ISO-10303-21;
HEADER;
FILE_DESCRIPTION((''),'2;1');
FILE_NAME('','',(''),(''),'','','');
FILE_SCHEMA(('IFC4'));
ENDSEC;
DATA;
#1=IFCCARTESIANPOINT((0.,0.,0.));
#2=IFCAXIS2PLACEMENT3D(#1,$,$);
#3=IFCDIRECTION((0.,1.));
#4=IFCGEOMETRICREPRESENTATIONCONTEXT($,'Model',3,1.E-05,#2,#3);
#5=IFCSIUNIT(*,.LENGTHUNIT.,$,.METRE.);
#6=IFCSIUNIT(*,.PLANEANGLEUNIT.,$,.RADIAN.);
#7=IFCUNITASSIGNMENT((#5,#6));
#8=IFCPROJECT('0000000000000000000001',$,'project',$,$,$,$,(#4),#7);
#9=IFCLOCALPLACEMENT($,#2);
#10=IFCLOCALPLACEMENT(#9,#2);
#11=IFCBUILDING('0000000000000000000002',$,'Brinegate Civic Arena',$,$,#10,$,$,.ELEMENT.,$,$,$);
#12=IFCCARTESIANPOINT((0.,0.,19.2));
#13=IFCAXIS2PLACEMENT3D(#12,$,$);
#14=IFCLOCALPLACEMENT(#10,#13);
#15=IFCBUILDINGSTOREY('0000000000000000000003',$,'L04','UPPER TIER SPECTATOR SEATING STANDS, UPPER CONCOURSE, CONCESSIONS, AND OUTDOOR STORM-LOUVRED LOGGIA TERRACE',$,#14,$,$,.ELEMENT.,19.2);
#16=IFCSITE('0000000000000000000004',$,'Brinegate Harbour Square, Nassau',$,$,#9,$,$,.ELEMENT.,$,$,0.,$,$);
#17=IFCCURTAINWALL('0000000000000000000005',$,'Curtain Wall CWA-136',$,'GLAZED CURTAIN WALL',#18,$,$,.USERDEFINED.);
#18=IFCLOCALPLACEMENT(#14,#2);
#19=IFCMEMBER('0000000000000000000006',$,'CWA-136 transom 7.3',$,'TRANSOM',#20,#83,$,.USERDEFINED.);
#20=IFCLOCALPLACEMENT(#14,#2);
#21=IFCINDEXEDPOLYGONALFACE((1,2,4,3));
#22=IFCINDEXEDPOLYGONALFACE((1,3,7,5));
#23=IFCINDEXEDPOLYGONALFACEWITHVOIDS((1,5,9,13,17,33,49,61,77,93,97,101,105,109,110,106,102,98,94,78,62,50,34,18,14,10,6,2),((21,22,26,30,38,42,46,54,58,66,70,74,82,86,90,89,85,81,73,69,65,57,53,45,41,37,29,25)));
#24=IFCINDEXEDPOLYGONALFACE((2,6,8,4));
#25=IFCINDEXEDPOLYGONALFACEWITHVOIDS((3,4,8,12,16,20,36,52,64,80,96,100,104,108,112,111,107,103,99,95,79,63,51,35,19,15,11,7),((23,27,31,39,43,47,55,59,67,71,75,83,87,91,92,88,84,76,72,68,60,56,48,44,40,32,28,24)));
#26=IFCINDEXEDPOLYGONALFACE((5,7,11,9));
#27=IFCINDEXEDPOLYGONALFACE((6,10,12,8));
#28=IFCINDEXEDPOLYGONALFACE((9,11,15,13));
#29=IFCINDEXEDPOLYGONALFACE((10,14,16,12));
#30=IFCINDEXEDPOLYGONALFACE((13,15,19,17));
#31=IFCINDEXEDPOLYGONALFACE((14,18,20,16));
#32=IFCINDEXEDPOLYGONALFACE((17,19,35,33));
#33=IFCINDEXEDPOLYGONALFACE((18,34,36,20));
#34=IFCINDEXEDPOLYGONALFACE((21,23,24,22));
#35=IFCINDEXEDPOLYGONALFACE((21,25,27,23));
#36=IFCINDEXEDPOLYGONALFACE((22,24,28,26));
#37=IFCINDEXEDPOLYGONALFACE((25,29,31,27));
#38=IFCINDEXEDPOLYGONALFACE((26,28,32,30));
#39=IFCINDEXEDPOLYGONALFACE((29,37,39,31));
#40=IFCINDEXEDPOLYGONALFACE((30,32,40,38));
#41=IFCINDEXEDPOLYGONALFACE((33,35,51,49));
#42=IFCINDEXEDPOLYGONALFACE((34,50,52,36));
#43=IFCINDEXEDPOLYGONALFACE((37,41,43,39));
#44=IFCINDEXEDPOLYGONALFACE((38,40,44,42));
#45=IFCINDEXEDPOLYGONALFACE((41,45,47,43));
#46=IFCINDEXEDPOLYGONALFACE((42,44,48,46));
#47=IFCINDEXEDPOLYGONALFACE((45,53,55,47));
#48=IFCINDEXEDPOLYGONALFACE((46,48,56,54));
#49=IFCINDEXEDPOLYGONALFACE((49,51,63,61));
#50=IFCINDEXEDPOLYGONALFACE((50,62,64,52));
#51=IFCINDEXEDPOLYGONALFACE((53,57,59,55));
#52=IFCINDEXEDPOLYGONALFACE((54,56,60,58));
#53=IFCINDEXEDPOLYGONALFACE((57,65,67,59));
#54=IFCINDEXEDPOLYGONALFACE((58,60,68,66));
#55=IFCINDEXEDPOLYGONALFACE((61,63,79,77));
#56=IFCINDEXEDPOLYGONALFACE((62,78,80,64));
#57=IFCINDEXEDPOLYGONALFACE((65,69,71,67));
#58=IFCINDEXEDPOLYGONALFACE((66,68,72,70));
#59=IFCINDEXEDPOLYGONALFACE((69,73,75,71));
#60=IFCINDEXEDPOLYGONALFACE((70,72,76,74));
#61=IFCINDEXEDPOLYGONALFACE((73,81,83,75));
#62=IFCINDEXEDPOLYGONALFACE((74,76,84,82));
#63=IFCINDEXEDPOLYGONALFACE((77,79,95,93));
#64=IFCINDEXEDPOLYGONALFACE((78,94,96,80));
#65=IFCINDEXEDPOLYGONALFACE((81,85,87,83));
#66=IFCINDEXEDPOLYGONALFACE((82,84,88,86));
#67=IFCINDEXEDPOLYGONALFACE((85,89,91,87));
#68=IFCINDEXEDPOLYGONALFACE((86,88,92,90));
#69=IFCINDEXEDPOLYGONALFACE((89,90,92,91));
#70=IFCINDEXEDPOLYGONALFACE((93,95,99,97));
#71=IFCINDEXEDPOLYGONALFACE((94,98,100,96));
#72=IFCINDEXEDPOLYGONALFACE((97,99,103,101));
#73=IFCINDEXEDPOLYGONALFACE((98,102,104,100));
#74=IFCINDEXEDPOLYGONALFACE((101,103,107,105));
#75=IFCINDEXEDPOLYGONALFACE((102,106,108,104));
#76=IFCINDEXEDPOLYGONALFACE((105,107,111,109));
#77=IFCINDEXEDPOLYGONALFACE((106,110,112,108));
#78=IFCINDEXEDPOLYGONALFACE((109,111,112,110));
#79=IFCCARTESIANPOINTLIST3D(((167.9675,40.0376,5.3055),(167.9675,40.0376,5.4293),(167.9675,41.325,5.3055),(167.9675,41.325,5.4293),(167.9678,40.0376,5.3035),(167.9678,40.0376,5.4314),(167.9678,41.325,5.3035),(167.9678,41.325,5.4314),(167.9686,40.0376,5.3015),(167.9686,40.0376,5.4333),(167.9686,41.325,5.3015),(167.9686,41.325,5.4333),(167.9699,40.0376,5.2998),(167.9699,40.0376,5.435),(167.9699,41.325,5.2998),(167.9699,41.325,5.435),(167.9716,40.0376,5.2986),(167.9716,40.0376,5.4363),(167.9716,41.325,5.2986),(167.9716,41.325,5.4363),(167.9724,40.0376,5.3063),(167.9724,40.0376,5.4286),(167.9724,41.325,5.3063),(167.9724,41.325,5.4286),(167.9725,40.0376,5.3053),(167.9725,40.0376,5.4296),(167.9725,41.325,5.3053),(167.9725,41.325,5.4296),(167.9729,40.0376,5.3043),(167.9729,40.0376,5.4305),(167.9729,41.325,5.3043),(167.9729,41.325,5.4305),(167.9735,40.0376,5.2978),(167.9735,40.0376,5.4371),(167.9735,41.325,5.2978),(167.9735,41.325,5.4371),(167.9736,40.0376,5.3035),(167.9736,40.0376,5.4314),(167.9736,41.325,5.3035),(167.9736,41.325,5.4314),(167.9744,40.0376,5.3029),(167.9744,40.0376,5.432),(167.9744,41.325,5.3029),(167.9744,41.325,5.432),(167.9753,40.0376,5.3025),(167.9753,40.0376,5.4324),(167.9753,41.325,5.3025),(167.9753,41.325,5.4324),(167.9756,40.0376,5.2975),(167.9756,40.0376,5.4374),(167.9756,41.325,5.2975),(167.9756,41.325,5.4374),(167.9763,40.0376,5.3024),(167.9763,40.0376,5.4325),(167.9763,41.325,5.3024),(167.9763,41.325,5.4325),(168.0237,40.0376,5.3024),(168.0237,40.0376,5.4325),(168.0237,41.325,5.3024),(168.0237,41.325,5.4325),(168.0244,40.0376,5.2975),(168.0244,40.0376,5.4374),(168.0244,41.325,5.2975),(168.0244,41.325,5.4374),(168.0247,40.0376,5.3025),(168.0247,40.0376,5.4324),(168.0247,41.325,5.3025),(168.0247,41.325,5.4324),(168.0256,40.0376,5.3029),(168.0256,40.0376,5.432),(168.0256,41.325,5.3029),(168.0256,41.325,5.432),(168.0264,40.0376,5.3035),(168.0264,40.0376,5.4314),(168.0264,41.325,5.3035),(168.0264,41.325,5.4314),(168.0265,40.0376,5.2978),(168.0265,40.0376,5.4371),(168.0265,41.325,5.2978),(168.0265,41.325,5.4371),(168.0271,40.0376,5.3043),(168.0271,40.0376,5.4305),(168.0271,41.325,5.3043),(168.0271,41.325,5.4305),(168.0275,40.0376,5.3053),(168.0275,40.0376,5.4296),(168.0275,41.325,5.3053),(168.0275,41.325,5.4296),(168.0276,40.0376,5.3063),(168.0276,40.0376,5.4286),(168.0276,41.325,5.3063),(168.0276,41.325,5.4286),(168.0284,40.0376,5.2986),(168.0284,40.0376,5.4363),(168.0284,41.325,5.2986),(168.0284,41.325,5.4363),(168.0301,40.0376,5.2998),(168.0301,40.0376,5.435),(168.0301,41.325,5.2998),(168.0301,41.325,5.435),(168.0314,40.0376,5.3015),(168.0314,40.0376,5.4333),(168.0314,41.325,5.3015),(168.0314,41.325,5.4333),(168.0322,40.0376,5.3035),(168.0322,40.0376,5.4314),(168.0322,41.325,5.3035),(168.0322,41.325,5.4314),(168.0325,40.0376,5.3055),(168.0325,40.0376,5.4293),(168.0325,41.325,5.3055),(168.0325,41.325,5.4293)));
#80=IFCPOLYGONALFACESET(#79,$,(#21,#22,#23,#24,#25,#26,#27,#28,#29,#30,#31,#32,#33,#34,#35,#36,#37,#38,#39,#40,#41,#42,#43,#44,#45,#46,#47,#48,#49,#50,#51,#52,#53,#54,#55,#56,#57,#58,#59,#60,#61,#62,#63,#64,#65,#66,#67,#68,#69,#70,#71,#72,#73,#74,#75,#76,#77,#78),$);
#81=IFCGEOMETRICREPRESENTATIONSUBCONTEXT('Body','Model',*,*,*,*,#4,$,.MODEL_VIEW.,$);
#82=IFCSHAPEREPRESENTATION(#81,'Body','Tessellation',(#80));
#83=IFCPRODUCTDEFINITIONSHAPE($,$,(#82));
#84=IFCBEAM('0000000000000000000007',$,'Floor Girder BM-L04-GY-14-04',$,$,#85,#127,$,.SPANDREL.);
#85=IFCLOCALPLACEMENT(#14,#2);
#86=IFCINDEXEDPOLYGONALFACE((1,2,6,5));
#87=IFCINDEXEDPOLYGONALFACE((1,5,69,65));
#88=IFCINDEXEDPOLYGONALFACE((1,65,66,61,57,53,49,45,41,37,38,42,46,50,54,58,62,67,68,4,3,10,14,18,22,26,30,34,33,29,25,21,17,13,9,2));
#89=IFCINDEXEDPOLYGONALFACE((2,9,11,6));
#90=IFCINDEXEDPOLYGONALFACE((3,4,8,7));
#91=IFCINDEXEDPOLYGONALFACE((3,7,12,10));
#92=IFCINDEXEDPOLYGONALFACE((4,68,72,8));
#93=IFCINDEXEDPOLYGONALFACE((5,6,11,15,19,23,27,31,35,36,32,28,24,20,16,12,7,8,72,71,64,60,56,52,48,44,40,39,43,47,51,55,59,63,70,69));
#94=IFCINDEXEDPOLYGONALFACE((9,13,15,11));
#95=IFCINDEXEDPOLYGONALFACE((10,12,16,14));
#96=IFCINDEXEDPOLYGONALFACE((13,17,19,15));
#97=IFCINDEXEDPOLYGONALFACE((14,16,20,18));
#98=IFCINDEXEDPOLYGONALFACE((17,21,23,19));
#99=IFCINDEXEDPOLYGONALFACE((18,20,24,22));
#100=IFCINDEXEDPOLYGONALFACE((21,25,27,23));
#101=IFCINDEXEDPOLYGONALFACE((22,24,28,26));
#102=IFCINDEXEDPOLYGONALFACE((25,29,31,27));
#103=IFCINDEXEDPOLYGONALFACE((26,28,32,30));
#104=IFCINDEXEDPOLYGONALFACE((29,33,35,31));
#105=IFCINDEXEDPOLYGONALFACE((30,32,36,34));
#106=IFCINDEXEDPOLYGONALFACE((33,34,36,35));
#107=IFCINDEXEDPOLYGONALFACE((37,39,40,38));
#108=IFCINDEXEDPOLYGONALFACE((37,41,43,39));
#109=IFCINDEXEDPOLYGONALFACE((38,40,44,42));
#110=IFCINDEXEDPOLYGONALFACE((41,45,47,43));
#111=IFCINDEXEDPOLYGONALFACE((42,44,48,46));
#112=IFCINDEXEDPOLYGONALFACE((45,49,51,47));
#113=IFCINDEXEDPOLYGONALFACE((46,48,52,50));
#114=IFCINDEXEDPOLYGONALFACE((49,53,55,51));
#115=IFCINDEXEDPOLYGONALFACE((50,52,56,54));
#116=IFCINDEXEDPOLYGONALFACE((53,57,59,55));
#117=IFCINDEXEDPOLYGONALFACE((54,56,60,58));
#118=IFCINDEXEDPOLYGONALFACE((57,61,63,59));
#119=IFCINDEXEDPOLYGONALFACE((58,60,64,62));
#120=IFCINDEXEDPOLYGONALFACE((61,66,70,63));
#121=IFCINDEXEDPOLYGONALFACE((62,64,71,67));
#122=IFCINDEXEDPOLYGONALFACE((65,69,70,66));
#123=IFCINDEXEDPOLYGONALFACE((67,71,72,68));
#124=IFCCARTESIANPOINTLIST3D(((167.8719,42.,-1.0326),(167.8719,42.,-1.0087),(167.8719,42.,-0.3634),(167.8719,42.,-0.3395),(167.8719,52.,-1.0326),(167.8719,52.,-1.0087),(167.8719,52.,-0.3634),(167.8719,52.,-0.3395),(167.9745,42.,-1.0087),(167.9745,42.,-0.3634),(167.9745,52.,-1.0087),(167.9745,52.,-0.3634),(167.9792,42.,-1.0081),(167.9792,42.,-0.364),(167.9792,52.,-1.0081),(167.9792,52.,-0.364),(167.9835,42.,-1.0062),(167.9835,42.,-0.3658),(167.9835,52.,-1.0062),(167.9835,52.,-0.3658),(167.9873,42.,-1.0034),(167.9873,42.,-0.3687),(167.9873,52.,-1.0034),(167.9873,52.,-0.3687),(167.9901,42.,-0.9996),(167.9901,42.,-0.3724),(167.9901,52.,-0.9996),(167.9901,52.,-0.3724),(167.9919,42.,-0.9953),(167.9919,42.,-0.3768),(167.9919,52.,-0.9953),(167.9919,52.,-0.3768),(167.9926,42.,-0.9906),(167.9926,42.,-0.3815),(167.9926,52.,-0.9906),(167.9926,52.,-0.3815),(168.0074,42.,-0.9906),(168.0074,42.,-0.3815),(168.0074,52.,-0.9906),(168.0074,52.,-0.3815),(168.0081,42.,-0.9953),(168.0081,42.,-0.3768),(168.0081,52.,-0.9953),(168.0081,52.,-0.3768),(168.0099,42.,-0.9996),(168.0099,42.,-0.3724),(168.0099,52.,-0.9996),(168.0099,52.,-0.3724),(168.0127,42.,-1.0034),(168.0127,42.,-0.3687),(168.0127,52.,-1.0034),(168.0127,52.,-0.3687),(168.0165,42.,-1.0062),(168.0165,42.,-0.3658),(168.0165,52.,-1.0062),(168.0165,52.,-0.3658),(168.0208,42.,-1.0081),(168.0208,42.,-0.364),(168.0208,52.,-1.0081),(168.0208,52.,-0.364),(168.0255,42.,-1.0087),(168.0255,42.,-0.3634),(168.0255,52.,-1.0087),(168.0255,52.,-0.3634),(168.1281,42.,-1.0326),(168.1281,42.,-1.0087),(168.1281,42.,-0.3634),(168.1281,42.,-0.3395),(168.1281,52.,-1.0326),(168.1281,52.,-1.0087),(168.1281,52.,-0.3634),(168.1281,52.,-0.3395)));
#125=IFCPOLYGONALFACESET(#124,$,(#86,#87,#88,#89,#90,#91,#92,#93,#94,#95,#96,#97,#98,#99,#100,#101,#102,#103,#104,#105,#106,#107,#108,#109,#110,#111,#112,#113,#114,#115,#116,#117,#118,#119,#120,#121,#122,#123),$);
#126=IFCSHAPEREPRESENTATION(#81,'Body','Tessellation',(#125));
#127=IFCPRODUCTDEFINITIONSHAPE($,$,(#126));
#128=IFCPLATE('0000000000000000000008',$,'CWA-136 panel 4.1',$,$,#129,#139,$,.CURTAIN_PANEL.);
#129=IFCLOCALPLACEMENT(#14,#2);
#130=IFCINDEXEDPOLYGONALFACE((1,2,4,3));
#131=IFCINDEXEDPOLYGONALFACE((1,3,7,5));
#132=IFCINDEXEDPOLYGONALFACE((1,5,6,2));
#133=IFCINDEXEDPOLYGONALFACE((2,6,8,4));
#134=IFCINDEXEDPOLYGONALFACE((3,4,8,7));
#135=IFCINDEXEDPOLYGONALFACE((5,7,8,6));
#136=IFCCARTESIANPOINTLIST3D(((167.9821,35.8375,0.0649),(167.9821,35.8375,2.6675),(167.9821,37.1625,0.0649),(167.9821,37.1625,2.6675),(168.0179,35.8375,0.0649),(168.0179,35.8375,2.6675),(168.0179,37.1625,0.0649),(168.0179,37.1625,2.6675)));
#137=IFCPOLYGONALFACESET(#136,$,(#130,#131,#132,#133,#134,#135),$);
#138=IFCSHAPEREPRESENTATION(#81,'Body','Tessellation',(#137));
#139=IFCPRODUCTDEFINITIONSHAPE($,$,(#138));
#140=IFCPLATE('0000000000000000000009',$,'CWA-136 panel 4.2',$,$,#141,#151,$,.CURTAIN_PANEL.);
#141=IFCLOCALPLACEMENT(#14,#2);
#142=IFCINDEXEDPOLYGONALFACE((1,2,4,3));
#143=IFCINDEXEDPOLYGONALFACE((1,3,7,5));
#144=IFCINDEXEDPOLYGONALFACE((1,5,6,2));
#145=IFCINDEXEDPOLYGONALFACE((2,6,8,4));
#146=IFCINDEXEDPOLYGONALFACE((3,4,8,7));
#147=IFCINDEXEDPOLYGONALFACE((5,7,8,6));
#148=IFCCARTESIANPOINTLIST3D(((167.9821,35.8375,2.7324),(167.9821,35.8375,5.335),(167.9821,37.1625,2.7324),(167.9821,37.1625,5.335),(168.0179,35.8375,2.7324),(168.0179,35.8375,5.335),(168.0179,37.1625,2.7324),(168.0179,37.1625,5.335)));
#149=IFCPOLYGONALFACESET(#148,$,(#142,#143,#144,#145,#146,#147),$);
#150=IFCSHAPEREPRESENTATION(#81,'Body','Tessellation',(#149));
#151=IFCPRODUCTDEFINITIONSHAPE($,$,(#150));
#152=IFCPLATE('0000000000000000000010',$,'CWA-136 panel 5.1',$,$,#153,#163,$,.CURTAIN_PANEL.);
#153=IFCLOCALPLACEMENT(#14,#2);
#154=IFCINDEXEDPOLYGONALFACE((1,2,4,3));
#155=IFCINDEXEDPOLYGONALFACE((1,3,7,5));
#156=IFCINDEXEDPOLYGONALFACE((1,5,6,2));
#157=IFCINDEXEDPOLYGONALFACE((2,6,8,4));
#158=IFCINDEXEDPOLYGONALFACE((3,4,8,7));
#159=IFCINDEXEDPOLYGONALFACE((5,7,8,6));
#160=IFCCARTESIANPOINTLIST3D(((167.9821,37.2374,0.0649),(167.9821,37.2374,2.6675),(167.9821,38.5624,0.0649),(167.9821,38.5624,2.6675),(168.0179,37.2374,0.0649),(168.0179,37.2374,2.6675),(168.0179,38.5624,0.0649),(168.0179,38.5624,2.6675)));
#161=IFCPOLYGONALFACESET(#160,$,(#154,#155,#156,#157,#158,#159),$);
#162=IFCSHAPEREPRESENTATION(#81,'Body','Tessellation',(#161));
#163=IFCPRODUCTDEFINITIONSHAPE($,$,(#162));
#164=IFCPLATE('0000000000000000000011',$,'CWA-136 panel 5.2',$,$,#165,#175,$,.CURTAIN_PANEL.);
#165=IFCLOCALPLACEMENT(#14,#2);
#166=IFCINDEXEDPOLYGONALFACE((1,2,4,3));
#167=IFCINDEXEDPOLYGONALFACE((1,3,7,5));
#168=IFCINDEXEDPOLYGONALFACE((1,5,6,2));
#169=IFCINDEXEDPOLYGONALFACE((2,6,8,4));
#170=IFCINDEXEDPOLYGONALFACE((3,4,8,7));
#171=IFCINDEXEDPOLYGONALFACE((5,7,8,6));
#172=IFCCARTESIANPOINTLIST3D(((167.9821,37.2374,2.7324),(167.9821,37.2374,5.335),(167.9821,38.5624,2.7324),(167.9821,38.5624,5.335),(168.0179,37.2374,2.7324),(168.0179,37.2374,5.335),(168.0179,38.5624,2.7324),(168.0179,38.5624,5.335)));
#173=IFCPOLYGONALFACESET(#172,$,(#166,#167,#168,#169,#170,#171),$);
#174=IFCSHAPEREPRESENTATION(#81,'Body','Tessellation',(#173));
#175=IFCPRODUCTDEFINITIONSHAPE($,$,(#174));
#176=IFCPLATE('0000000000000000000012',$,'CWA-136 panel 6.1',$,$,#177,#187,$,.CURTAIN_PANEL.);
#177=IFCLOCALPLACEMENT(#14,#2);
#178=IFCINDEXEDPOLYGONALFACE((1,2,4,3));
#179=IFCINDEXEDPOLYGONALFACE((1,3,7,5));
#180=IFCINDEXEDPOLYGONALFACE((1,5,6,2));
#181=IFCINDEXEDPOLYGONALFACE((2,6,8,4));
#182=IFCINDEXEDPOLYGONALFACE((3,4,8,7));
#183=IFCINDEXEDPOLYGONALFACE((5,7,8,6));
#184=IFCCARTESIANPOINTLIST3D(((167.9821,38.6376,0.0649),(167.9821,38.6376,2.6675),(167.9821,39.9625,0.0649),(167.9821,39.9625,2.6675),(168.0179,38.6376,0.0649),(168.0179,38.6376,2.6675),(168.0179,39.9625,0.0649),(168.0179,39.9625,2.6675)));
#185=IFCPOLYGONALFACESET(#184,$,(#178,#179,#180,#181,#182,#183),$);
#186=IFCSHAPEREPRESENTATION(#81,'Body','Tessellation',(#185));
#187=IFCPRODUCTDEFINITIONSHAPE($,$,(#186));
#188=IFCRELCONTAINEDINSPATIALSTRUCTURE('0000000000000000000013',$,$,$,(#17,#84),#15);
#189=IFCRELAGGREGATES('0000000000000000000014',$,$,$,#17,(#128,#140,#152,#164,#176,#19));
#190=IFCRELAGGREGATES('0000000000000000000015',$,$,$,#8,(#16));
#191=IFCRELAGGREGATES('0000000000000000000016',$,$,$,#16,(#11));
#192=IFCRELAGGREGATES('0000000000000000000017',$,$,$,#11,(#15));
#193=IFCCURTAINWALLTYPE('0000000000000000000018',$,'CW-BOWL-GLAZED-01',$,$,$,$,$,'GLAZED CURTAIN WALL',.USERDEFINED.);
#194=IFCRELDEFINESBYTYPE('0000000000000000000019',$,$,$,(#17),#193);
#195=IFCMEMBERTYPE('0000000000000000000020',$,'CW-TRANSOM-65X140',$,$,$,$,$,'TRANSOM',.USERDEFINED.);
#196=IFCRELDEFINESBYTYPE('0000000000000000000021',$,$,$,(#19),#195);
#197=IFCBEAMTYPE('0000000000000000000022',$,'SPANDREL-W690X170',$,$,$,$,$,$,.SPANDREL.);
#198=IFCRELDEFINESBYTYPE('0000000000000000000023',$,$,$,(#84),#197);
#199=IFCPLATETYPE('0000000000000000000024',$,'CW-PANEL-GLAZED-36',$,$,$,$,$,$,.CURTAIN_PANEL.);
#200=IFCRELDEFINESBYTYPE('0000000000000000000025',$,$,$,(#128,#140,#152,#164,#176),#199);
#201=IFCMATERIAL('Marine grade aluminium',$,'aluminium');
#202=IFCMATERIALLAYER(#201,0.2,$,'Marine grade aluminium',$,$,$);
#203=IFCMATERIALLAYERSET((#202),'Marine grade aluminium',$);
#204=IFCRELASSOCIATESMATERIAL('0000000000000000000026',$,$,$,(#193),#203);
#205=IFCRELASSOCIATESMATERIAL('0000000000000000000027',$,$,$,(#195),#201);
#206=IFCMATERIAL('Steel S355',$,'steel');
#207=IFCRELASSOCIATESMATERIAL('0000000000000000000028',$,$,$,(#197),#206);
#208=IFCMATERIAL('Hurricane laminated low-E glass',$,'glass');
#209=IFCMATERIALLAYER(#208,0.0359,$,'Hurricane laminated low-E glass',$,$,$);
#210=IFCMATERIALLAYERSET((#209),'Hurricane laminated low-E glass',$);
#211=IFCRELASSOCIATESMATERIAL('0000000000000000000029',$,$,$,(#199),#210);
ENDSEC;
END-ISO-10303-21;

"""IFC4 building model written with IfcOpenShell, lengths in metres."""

from ifc_helpers import new_model, si_unit, direction, frame, origin, origin_2d, place, context, subcontext, project, spatial, rectangle, hollow_rectangle, i_section, extrude, material, layer, layer_set, material_profile, profile_set, type_object, element, aggregate, save


model = new_model("IFC4")

# Units and contexts
model_context = context("Model", 3, precision=1e-05, world=origin(), true_north=direction((0.0, 1.0)))
body_context = subcontext(model_context, "Body", "Model", "MODEL_VIEW")
ifc_project = project(units=[si_unit("LENGTHUNIT", "METRE"), si_unit("PLANEANGLEUNIT", "RADIAN")], contexts=[model_context])

# Site, building, storey
site_placement = place(None, origin())
site = spatial("IfcSite", under=ifc_project, at=site_placement, Name="Brinegate Harbour Square, Nassau", CompositionType="ELEMENT", RefElevation=0.0)
building_placement = place(site_placement, origin())
building = spatial("IfcBuilding", under=site, at=building_placement, Name="Brinegate Civic Arena", CompositionType="ELEMENT")
storey_placement = place(building_placement, frame((0.0, 0.0, 19.2)))
storey = spatial("IfcBuildingStorey", under=building, at=storey_placement, Name="L04", Description="UPPER TIER SPECTATOR SEATING STANDS, UPPER CONCOURSE, CONCESSIONS, AND OUTDOOR STORM-LOUVRED LOGGIA TERRACE", CompositionType="ELEMENT", Elevation=19.2)

# Curtain wall, member
ifc_material_1 = material(Name="Marine grade aluminium", Category="aluminium")
ifc_layer_1 = layer(ifc_material_1, 0.2, Name="Marine grade aluminium")
ifc_layer_set_1 = layer_set([ifc_layer_1], Name="Marine grade aluminium")
curtain_wall_type = type_object("IfcCurtainWallType", Name="CW-BOWL-GLAZED-01", ElementType="GLAZED CURTAIN WALL", PredefinedType="USERDEFINED", material=ifc_layer_set_1)
curtain_wall_placement = place(storey_placement, origin())
curtain_wall = element("IfcCurtainWall", 1, at=curtain_wall_placement, inside=storey, type_object=curtain_wall_type, Name="Curtain Wall CWA-136", ObjectType="GLAZED CURTAIN WALL", PredefinedType="USERDEFINED")
ifc_material_profile_1 = material_profile(ifc_material_1, hollow_rectangle(XDim=0.0649, YDim=0.1399, WallThickness=0.0049, InnerFilletRadius=0.0039, OuterFilletRadius=0.0081, at=origin_2d()), Name="TRN65X140")
ifc_profile_set_1 = profile_set([ifc_material_profile_1], Name="Marine grade aluminium")
member_type_1 = type_object("IfcMemberType", Name="CW-TRANSOM-65X140", ElementType="TRANSOM", PredefinedType="USERDEFINED", material=ifc_profile_set_1)
member_1_placement = place(storey_placement, frame((168.0, 40.0376, 5.3674), z_axis=(0.0, 1.0, 0.0), x_axis=(-1.0, 0.0, 0.0)))
member_1 = element("IfcMember", 2, at=member_1_placement, type_object=member_type_1, Name="CWA-136 transom 7.3", ObjectType="TRANSOM", PredefinedType="USERDEFINED", context=body_context, shape_type="SweptSolid", body=[
    extrude(hollow_rectangle(XDim=0.0649, YDim=0.1399, WallThickness=0.0049, InnerFilletRadius=0.0039, OuterFilletRadius=0.0081, at=origin_2d()), origin(), (0.0, 0.0, 1.0), 1.2874),
])

# Beam
ifc_material_2 = material(Name="Steel S355", Category="steel")
ifc_material_profile_2 = material_profile(ifc_material_2, i_section(OverallWidth=0.2561, OverallDepth=0.6931, WebThickness=0.0149, FlangeThickness=0.0239, FilletRadius=0.0181, at=origin_2d()), Name="W690X170")
ifc_profile_set_2 = profile_set([ifc_material_profile_2], Name="Steel S355")
beam_type = type_object("IfcBeamType", Name="SPANDREL-W690X170", PredefinedType="SPANDREL", material=ifc_profile_set_2)
beam_placement = place(storey_placement, frame((168.0, 42.0, -0.686), z_axis=(0.0, 1.0, 0.0), x_axis=(-1.0, 0.0, 0.0)))
element("IfcBeam", 3, at=beam_placement, inside=storey, type_object=beam_type, Name="Floor Girder BM-L04-GY-14-04", PredefinedType="SPANDREL", context=body_context, shape_type="SweptSolid", body=[
    extrude(i_section(OverallWidth=0.2561, OverallDepth=0.6931, WebThickness=0.0149, FlangeThickness=0.0239, FilletRadius=0.0181, at=origin_2d()), origin(), (0.0, 0.0, 1.0), 10.0),
])

# Plates
ifc_material_3 = material(Name="Hurricane laminated low-E glass", Category="glass")
ifc_layer_2 = layer(ifc_material_3, 0.0359, Name="Hurricane laminated low-E glass")
ifc_layer_set_2 = layer_set([ifc_layer_2], Name="Hurricane laminated low-E glass")
plate_type = type_object("IfcPlateType", Name="CW-PANEL-GLAZED-36", PredefinedType="CURTAIN_PANEL", material=ifc_layer_set_2)
plate_1_placement = place(storey_placement, frame((168.0, 36.5, 0.0649), z_axis=(0.0, 0.0, 1.0), x_axis=(0.0, 1.0, 0.0)))
plate_1 = element("IfcPlate", 4, at=plate_1_placement, type_object=plate_type, Name="CWA-136 panel 4.1", PredefinedType="CURTAIN_PANEL", context=body_context, shape_type="SweptSolid", body=[
    extrude(rectangle(XDim=1.325, YDim=0.0359, at=origin_2d()), origin(), (0.0, 0.0, 1.0), 2.6025),
])
plate_2_placement = place(storey_placement, frame((168.0, 36.5, 2.7324), z_axis=(0.0, 0.0, 1.0), x_axis=(0.0, 1.0, 0.0)))
plate_2 = element("IfcPlate", 5, at=plate_2_placement, type_object=plate_type, Name="CWA-136 panel 4.2", PredefinedType="CURTAIN_PANEL", context=body_context, shape_type="SweptSolid", body=[
    extrude(rectangle(XDim=1.325, YDim=0.0359, at=origin_2d()), origin(), (0.0, 0.0, 1.0), 2.6025),
])
plate_3_placement = place(storey_placement, frame((168.0, 37.8999, 0.0649), z_axis=(0.0, 0.0, 1.0), x_axis=(0.0, 1.0, 0.0)))
plate_3 = element("IfcPlate", 6, at=plate_3_placement, type_object=plate_type, Name="CWA-136 panel 5.1", PredefinedType="CURTAIN_PANEL", context=body_context, shape_type="SweptSolid", body=[
    extrude(rectangle(XDim=1.325, YDim=0.0359, at=origin_2d()), origin(), (0.0, 0.0, 1.0), 2.6025),
])
plate_4_placement = place(storey_placement, frame((168.0, 37.8999, 2.7324), z_axis=(0.0, 0.0, 1.0), x_axis=(0.0, 1.0, 0.0)))
plate_4 = element("IfcPlate", 7, at=plate_4_placement, type_object=plate_type, Name="CWA-136 panel 5.2", PredefinedType="CURTAIN_PANEL", context=body_context, shape_type="SweptSolid", body=[
    extrude(rectangle(XDim=1.325, YDim=0.0359, at=origin_2d()), origin(), (0.0, 0.0, 1.0), 2.6025),
])
plate_5_placement = place(storey_placement, frame((168.0, 39.3, 0.0649), z_axis=(0.0, 0.0, 1.0), x_axis=(0.0, 1.0, 0.0)))
plate_5 = element("IfcPlate", 8, at=plate_5_placement, type_object=plate_type, Name="CWA-136 panel 6.1", PredefinedType="CURTAIN_PANEL", context=body_context, shape_type="SweptSolid", body=[
    extrude(rectangle(XDim=1.325, YDim=0.0359, at=origin_2d()), origin(), (0.0, 0.0, 1.0), 2.6025),
])
aggregate(curtain_wall, [plate_1, plate_2, plate_3, plate_4, plate_5, member_1])

save(model, "model.ifc")
